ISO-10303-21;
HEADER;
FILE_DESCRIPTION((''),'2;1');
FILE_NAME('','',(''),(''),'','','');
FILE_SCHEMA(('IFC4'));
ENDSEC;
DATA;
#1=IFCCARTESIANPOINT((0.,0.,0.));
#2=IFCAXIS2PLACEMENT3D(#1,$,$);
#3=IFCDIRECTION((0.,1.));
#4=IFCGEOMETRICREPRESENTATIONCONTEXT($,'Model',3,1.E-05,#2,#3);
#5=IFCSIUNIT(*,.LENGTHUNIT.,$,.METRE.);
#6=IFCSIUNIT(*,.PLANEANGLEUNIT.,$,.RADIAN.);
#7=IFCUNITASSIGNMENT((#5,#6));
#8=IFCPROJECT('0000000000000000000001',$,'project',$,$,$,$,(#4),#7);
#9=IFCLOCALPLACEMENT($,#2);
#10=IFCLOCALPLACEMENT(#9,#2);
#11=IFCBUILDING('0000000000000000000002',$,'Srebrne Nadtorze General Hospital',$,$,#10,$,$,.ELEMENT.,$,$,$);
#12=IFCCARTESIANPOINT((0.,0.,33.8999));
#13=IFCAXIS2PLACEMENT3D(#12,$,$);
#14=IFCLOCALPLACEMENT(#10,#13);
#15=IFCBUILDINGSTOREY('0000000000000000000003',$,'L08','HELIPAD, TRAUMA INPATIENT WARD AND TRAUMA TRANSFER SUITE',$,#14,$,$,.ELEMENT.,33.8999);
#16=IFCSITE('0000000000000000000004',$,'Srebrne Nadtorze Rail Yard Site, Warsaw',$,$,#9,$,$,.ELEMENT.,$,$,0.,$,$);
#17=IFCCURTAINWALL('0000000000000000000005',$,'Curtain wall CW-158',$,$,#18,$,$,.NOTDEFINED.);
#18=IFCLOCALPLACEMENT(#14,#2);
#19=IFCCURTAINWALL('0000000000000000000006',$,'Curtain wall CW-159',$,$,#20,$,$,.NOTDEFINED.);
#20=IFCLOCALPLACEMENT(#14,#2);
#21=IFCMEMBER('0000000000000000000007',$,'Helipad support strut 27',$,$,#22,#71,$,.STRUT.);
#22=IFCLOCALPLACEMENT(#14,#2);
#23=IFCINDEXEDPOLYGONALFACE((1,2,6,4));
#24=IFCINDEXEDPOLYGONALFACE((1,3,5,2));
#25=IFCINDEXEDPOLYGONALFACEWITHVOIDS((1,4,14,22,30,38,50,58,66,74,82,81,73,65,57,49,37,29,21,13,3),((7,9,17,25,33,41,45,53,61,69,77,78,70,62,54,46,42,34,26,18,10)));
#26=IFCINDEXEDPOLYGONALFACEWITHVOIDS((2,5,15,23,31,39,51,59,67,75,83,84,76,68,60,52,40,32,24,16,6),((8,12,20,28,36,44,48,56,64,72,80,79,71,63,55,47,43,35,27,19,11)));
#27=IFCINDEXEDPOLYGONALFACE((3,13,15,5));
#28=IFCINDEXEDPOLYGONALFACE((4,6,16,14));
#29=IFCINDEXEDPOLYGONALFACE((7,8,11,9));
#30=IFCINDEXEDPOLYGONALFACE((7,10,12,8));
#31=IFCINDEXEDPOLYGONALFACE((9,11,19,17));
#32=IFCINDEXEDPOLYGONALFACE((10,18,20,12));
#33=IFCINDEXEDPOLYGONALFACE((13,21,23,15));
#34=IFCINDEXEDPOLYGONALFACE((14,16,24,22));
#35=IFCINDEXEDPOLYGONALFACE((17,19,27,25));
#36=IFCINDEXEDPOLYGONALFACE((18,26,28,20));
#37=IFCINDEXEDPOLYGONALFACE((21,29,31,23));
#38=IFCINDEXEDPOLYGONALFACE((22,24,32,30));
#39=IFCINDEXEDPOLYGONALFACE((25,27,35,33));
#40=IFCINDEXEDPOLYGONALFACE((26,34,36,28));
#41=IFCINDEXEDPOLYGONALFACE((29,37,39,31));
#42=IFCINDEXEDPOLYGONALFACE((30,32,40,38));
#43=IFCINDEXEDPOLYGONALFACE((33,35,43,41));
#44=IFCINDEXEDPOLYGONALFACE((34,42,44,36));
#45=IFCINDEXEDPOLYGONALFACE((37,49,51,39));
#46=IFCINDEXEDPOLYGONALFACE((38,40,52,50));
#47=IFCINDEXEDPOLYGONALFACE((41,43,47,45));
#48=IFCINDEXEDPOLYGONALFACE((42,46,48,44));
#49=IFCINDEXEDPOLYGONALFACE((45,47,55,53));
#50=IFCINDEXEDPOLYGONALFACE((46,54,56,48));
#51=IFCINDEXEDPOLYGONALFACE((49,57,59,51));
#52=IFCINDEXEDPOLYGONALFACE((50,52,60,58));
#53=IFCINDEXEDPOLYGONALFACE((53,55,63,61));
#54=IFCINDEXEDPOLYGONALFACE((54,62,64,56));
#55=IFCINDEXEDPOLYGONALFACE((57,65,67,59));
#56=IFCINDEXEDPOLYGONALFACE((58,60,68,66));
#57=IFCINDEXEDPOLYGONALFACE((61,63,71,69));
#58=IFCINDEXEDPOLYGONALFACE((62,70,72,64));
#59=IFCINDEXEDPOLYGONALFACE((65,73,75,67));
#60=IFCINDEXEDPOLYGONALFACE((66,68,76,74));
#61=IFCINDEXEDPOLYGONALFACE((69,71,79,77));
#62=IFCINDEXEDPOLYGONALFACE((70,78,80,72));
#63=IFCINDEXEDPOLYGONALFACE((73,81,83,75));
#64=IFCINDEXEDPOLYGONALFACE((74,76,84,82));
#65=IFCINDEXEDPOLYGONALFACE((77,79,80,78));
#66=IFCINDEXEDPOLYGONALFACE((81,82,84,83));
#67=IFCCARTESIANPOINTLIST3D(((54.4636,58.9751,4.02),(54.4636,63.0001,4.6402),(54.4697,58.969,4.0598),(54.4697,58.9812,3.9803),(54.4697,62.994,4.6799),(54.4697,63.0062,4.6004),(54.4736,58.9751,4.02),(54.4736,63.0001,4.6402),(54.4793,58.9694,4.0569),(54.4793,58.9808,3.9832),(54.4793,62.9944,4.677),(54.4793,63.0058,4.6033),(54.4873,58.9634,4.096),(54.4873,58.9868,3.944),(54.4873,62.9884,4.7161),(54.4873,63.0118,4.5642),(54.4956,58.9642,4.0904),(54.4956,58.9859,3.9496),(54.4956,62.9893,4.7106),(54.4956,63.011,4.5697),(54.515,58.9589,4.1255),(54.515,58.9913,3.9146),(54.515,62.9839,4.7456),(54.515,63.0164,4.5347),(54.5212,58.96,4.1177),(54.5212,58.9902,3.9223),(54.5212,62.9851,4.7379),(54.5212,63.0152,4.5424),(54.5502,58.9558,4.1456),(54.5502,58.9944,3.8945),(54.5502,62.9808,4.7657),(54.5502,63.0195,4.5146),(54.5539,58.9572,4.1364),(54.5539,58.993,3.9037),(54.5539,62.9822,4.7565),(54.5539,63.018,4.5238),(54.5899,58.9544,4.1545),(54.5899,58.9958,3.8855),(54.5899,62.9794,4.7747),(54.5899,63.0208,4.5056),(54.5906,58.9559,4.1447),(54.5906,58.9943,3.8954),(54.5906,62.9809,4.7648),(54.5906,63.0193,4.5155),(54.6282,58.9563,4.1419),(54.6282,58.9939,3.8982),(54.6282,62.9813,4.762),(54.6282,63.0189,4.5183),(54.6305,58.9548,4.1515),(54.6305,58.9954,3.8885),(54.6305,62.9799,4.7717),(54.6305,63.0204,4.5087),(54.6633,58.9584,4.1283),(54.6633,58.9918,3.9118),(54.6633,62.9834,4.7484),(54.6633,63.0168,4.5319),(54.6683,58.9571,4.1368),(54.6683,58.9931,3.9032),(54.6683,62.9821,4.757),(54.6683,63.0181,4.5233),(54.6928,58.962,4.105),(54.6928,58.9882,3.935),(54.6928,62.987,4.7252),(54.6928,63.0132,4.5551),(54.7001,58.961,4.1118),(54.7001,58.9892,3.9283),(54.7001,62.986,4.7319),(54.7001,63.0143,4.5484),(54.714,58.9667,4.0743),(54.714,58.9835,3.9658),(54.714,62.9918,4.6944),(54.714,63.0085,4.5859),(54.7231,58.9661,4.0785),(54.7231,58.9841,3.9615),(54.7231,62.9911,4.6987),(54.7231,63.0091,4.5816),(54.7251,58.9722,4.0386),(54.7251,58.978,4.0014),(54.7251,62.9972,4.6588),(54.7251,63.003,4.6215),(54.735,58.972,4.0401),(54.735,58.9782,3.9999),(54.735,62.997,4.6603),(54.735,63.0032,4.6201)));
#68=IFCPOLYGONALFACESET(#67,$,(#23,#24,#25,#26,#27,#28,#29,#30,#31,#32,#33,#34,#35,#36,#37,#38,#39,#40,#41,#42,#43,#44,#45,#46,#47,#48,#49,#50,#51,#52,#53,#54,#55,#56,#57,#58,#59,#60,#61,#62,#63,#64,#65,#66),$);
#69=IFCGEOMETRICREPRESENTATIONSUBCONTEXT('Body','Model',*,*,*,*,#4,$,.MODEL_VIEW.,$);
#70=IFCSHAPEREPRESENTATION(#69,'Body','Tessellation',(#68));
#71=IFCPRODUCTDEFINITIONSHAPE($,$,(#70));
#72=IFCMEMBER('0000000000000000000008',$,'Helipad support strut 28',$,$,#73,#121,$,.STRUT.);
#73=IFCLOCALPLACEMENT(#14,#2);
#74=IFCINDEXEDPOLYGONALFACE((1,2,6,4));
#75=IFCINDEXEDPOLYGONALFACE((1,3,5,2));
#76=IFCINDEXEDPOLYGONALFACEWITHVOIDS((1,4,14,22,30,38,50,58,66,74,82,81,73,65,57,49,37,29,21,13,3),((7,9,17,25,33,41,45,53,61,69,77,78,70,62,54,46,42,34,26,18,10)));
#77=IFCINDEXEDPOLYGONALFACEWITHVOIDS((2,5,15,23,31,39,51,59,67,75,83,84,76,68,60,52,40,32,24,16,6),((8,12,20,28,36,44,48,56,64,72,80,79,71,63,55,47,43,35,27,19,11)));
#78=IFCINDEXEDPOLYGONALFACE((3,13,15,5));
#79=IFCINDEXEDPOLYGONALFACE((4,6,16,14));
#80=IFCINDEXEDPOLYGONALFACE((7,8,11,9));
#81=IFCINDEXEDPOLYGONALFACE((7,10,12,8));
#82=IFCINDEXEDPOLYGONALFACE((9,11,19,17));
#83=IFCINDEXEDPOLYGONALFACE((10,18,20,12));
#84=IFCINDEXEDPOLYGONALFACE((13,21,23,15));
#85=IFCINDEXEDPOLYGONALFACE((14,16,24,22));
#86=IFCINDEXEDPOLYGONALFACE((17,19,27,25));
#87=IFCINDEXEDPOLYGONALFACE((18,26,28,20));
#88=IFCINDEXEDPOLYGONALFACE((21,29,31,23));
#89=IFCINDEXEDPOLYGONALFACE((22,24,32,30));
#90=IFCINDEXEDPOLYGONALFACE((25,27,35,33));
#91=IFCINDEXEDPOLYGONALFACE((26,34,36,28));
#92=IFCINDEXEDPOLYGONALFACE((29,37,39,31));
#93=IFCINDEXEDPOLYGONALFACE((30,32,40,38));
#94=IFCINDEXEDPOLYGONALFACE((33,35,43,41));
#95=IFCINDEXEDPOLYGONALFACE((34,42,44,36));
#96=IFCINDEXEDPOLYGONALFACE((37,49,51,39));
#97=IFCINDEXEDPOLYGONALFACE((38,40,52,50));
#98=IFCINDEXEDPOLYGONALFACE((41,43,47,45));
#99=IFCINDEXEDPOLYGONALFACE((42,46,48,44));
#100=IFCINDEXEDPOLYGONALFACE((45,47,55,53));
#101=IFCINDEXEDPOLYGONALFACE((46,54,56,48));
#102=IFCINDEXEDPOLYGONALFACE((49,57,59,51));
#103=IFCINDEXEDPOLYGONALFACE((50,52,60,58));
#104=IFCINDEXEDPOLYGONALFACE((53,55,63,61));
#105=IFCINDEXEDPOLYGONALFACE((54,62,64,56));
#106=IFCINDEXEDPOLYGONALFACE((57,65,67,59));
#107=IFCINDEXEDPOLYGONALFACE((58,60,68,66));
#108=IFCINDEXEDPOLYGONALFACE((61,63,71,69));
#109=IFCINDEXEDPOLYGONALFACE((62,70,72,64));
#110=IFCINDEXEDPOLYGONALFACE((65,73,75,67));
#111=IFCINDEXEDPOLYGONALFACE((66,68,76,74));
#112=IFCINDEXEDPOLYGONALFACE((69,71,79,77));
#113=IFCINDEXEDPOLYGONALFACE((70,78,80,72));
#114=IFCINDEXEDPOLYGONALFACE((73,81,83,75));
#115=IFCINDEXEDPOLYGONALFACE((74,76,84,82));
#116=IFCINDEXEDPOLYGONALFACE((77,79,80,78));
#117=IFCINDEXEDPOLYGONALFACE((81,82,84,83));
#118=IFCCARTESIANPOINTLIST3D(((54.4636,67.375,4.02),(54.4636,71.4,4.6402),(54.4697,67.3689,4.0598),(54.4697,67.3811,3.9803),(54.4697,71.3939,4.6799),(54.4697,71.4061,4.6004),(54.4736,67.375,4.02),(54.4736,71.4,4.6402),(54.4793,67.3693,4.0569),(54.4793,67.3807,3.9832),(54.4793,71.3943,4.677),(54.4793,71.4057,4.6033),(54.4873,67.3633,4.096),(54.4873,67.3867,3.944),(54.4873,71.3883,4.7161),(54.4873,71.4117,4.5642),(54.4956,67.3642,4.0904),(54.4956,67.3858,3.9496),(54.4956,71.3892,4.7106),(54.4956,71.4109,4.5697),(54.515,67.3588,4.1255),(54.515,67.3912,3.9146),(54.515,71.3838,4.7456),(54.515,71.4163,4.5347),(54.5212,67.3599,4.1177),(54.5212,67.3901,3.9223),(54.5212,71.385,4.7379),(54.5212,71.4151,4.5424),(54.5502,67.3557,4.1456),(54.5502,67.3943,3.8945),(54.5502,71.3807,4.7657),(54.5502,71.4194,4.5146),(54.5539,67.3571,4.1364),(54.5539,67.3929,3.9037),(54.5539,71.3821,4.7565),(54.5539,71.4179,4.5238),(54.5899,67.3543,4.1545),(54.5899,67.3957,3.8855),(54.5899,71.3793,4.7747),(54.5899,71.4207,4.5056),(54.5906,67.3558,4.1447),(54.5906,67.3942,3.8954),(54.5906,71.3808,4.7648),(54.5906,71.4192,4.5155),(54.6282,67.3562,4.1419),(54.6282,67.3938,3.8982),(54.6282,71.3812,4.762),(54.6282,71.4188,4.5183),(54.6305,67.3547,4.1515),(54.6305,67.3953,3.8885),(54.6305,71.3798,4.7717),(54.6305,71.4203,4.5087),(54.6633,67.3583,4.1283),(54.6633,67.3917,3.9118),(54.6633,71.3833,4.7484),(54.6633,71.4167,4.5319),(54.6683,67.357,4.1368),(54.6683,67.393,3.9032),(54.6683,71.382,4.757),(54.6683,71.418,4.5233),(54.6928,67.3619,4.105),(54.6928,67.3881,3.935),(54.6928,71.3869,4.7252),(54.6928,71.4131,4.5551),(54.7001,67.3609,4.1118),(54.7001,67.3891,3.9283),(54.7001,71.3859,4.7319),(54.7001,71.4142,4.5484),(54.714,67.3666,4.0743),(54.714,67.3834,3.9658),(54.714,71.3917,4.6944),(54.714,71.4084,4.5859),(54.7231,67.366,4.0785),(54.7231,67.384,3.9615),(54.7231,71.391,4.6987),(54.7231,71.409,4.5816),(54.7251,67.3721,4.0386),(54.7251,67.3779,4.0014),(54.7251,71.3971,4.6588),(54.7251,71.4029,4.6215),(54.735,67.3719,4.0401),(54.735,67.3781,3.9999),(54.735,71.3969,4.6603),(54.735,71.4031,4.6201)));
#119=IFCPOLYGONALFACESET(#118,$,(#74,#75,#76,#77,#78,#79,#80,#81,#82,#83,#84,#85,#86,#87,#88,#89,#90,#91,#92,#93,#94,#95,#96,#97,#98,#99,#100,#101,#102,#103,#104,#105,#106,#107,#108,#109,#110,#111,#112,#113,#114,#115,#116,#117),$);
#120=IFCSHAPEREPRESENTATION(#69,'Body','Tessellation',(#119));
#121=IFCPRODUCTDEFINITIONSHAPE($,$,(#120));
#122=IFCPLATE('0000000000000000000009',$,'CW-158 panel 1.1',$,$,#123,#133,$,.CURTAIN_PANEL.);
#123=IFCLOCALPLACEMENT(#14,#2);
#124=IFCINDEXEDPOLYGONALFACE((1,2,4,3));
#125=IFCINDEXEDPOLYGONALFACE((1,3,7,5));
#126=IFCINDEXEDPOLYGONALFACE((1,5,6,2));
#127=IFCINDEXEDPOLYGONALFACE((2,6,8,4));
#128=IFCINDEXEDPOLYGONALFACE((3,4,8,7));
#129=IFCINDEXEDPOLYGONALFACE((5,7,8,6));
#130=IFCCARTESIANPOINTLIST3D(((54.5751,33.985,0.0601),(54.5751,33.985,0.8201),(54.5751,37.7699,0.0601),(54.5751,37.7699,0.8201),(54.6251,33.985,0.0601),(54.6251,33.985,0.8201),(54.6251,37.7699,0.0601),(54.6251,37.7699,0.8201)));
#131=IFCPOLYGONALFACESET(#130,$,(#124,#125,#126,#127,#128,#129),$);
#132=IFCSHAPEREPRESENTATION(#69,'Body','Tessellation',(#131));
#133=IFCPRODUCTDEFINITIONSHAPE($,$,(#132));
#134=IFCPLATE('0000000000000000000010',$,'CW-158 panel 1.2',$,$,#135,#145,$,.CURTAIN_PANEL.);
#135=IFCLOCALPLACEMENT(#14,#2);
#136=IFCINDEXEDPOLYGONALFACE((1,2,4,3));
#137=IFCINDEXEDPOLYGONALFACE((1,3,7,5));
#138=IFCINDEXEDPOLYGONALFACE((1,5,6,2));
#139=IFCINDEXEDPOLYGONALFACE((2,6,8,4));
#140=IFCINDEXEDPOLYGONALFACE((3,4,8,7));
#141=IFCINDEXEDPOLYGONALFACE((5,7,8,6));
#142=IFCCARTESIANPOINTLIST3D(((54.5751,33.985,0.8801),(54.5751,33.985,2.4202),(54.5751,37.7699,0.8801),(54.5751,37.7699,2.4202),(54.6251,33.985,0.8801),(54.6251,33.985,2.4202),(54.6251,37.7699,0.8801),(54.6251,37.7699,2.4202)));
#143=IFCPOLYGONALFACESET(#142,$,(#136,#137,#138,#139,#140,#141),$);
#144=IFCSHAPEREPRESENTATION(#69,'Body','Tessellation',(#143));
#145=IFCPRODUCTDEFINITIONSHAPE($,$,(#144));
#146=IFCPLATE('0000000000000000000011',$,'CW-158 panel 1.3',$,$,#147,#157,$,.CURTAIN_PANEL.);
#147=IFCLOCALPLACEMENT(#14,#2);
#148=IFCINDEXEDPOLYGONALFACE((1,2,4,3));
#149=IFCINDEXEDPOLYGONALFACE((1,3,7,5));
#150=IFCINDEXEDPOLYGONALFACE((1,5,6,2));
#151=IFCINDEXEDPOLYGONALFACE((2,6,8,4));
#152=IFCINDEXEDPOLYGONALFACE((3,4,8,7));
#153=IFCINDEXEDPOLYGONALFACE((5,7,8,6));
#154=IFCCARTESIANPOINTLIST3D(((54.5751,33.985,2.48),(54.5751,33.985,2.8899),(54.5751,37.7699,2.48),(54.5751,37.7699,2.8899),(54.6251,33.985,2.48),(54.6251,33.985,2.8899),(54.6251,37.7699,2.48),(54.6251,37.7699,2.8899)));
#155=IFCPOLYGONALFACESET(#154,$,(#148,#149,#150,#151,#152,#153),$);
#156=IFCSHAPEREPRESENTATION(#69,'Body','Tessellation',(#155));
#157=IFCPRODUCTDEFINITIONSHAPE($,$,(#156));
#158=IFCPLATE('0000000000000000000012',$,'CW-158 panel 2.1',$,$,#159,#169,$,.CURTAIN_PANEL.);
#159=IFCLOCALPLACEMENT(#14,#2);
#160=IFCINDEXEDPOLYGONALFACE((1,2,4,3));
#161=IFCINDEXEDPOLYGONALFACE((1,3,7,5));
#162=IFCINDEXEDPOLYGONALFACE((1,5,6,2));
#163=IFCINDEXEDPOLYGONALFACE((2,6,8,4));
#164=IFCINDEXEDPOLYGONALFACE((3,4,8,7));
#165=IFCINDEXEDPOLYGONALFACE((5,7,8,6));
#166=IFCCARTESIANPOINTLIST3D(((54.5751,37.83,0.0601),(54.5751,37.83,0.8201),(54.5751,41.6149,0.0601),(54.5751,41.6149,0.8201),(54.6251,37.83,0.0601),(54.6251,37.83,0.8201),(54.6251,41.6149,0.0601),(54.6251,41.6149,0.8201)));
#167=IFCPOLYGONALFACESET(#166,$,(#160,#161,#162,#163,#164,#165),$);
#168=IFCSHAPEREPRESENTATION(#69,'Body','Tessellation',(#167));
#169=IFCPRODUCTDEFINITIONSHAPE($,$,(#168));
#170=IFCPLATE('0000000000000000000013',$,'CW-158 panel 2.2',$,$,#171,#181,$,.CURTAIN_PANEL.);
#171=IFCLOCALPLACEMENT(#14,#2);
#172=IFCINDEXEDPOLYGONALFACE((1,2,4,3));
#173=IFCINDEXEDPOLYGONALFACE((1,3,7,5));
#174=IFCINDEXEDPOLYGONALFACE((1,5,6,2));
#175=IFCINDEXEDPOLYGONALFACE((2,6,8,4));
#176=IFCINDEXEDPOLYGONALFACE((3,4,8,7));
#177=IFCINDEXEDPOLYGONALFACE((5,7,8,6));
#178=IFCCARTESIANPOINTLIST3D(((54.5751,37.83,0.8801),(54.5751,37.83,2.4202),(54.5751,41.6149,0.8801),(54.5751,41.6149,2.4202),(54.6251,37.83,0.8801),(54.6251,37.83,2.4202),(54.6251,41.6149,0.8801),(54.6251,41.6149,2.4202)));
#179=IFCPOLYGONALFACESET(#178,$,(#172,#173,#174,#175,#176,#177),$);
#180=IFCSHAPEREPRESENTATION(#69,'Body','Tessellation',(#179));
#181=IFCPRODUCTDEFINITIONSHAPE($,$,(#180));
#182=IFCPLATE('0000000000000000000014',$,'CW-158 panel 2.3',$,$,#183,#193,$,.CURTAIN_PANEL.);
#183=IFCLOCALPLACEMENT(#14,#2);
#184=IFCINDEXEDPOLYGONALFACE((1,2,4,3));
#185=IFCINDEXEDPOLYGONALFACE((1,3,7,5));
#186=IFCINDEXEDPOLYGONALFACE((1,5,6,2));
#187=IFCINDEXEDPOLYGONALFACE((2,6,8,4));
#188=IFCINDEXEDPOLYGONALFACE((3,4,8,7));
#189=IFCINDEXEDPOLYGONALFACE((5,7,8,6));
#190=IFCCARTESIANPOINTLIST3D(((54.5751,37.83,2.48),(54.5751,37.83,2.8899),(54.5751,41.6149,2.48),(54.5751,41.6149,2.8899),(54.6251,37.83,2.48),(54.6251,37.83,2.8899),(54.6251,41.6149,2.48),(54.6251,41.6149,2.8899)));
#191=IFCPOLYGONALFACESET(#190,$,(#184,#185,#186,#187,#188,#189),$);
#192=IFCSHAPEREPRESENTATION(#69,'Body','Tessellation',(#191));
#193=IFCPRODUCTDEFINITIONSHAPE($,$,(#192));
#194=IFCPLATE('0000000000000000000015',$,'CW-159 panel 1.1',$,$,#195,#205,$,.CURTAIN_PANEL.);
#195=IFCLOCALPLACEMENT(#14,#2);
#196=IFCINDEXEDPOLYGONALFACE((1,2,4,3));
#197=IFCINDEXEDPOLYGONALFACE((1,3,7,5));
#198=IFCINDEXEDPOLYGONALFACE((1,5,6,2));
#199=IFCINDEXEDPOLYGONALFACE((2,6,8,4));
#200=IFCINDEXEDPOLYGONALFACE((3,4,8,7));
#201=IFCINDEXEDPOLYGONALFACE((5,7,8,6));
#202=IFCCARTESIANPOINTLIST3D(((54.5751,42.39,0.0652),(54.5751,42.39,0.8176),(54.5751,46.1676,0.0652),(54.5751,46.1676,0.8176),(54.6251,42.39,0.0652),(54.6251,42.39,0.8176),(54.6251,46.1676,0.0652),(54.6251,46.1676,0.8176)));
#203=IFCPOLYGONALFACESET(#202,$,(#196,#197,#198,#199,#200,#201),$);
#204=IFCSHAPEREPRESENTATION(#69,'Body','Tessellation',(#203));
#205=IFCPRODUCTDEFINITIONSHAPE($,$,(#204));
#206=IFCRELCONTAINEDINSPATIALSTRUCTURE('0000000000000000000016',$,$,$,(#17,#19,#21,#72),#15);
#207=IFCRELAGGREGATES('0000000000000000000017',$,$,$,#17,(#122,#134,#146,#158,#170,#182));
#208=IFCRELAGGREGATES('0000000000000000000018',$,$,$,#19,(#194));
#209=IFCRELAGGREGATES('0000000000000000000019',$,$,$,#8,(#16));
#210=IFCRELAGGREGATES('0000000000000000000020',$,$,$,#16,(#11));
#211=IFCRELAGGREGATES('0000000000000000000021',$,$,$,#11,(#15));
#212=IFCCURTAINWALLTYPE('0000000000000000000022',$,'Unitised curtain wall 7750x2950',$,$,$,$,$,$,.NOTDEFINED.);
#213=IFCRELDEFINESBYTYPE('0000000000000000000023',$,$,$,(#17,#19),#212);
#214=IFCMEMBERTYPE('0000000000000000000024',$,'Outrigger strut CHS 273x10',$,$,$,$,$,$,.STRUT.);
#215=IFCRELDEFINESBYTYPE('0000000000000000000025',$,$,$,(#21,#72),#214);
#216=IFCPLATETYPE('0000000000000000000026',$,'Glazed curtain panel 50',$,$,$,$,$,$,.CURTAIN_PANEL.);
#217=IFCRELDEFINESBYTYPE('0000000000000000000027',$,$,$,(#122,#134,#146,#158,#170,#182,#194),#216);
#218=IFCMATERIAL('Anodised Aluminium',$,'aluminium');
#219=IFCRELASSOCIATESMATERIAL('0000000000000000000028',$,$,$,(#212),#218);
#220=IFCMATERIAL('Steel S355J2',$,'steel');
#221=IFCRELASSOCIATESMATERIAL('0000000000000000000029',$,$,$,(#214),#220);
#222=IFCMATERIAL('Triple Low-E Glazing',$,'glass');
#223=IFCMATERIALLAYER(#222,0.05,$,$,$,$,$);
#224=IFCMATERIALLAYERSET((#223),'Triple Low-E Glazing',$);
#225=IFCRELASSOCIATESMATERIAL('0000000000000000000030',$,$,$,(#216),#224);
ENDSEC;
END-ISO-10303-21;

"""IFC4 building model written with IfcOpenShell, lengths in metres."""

from ifc_helpers import new_model, si_unit, direction, frame, origin, origin_2d, place, context, subcontext, project, spatial, rectangle, hollow_circle, extrude, material, layer, layer_set, material_profile, profile_set, type_object, element, aggregate, save


model = new_model("IFC4")

# Units and contexts
model_context = context("Model", 3, precision=1e-05, world=origin(), true_north=direction((0.0, 1.0)))
body_context = subcontext(model_context, "Body", "Model", "MODEL_VIEW")
ifc_project = project(units=[si_unit("LENGTHUNIT", "METRE"), si_unit("PLANEANGLEUNIT", "RADIAN")], contexts=[model_context])

# Site, building, storey
site_placement = place(None, origin())
site = spatial("IfcSite", under=ifc_project, at=site_placement, Name="Srebrne Nadtorze Rail Yard Site, Warsaw", CompositionType="ELEMENT", RefElevation=0.0)
building_placement = place(site_placement, origin())
building = spatial("IfcBuilding", under=site, at=building_placement, Name="Srebrne Nadtorze General Hospital", CompositionType="ELEMENT")
storey_placement = place(building_placement, frame((0.0, 0.0, 33.8999)))
storey = spatial("IfcBuildingStorey", under=building, at=storey_placement, Name="L08", Description="HELIPAD, TRAUMA INPATIENT WARD AND TRAUMA TRANSFER SUITE", CompositionType="ELEMENT", Elevation=33.8999)

# Curtain walls
ifc_material_1 = material(Name="Anodised Aluminium", Category="aluminium")
curtain_wall_type = type_object("IfcCurtainWallType", Name="Unitised curtain wall 7750x2950", PredefinedType="NOTDEFINED", material=ifc_material_1)
curtain_wall_1_placement = place(storey_placement, origin())
curtain_wall_1 = element("IfcCurtainWall", 1, at=curtain_wall_1_placement, inside=storey, type_object=curtain_wall_type, Name="Curtain wall CW-158", PredefinedType="NOTDEFINED")
curtain_wall_2_placement = place(storey_placement, origin())
curtain_wall_2 = element("IfcCurtainWall", 2, at=curtain_wall_2_placement, inside=storey, type_object=curtain_wall_type, Name="Curtain wall CW-159", PredefinedType="NOTDEFINED")

# Members
ifc_material_2 = material(Name="Steel S355J2", Category="steel")
ifc_material_profile_1 = material_profile(ifc_material_2, hollow_circle(Radius=0.1365, WallThickness=0.01, at=origin_2d()), Name="CHS-273x10")
ifc_profile_set_1 = profile_set([ifc_material_profile_1], Name="Steel S355J2")
member_type_1 = type_object("IfcMemberType", Name="Outrigger strut CHS 273x10", PredefinedType="STRUT", material=ifc_profile_set_1)
for number, where, z_axis, x_axis, name in (
    (3, (54.6001, 58.9751, 4.02), (0.0, 0.988338, 0.152273), (-1.0, 0.0, 0.0), "Helipad support strut 27"),
    (4, (54.6001, 67.375, 4.02), (0.0, 0.988338, 0.152273), (-1.0, 0.0, 0.0), "Helipad support strut 28"),
):
    element("IfcMember", number, at=place(storey_placement, frame(where, z_axis=z_axis, x_axis=x_axis)), inside=storey, type_object=member_type_1, Name=name, PredefinedType="STRUT", context=body_context, shape_type="SweptSolid", body=[
        extrude(hollow_circle(Radius=0.1365, WallThickness=0.01, at=origin_2d()), origin(), (0.0, 0.0, 1.0), 4.0725),
    ])

# Plates
ifc_material_3 = material(Name="Triple Low-E Glazing", Category="glass")
ifc_layer = layer(ifc_material_3, 0.05)
ifc_layer_set = layer_set([ifc_layer], Name="Triple Low-E Glazing")
plate_type = type_object("IfcPlateType", Name="Glazed curtain panel 50", PredefinedType="CURTAIN_PANEL", material=ifc_layer_set)
plate_1_placement = place(storey_placement, frame((54.6001, 35.8774, 0.0601), z_axis=(0.0, 0.0, 1.0), x_axis=(0.0, 1.0, 0.0)))
plate_1 = element("IfcPlate", 5, at=plate_1_placement, type_object=plate_type, Name="CW-158 panel 1.1", PredefinedType="CURTAIN_PANEL", context=body_context, shape_type="SweptSolid", body=[
    extrude(rectangle(XDim=3.7849, YDim=0.05, at=origin_2d()), origin(), (0.0, 0.0, 1.0), 0.76),
])
plate_2_placement = place(storey_placement, frame((54.6001, 35.8774, 0.8801), z_axis=(0.0, 0.0, 1.0), x_axis=(0.0, 1.0, 0.0)))
plate_2 = element("IfcPlate", 6, at=plate_2_placement, type_object=plate_type, Name="CW-158 panel 1.2", PredefinedType="CURTAIN_PANEL", context=body_context, shape_type="SweptSolid", body=[
    extrude(rectangle(XDim=3.7849, YDim=0.05, at=origin_2d()), origin(), (0.0, 0.0, 1.0), 1.54),
])
plate_3_placement = place(storey_placement, frame((54.6001, 35.8774, 2.48), z_axis=(0.0, 0.0, 1.0), x_axis=(0.0, 1.0, 0.0)))
plate_3 = element("IfcPlate", 7, at=plate_3_placement, type_object=plate_type, Name="CW-158 panel 1.3", PredefinedType="CURTAIN_PANEL", context=body_context, shape_type="SweptSolid", body=[
    extrude(rectangle(XDim=3.7849, YDim=0.05, at=origin_2d()), origin(), (0.0, 0.0, 1.0), 0.4099),
])
plate_4_placement = place(storey_placement, frame((54.6001, 39.7224, 0.0601), z_axis=(0.0, 0.0, 1.0), x_axis=(0.0, 1.0, 0.0)))
plate_4 = element("IfcPlate", 8, at=plate_4_placement, type_object=plate_type, Name="CW-158 panel 2.1", PredefinedType="CURTAIN_PANEL", context=body_context, shape_type="SweptSolid", body=[
    extrude(rectangle(XDim=3.7849, YDim=0.05, at=origin_2d()), origin(), (0.0, 0.0, 1.0), 0.76),
])
plate_5_placement = place(storey_placement, frame((54.6001, 39.7224, 0.8801), z_axis=(0.0, 0.0, 1.0), x_axis=(0.0, 1.0, 0.0)))
plate_5 = element("IfcPlate", 9, at=plate_5_placement, type_object=plate_type, Name="CW-158 panel 2.2", PredefinedType="CURTAIN_PANEL", context=body_context, shape_type="SweptSolid", body=[
    extrude(rectangle(XDim=3.7849, YDim=0.05, at=origin_2d()), origin(), (0.0, 0.0, 1.0), 1.54),
])
plate_6_placement = place(storey_placement, frame((54.6001, 39.7224, 2.48), z_axis=(0.0, 0.0, 1.0), x_axis=(0.0, 1.0, 0.0)))
plate_6 = element("IfcPlate", 10, at=plate_6_placement, type_object=plate_type, Name="CW-158 panel 2.3", PredefinedType="CURTAIN_PANEL", context=body_context, shape_type="SweptSolid", body=[
    extrude(rectangle(XDim=3.7849, YDim=0.05, at=origin_2d()), origin(), (0.0, 0.0, 1.0), 0.4099),
])
aggregate(curtain_wall_1, [plate_1, plate_2, plate_3, plate_4, plate_5, plate_6])
plate_7_placement = place(storey_placement, frame((54.6001, 44.2788, 0.0652), z_axis=(0.0, 0.0, 1.0), x_axis=(0.0, 1.0, 0.0)))
plate_7 = element("IfcPlate", 11, at=plate_7_placement, type_object=plate_type, Name="CW-159 panel 1.1", PredefinedType="CURTAIN_PANEL", context=body_context, shape_type="SweptSolid", body=[
    extrude(rectangle(XDim=3.7776, YDim=0.05, at=origin_2d()), origin(), (0.0, 0.0, 1.0), 0.7524),
])
aggregate(curtain_wall_2, [plate_7])

save(model, "model.ifc")
